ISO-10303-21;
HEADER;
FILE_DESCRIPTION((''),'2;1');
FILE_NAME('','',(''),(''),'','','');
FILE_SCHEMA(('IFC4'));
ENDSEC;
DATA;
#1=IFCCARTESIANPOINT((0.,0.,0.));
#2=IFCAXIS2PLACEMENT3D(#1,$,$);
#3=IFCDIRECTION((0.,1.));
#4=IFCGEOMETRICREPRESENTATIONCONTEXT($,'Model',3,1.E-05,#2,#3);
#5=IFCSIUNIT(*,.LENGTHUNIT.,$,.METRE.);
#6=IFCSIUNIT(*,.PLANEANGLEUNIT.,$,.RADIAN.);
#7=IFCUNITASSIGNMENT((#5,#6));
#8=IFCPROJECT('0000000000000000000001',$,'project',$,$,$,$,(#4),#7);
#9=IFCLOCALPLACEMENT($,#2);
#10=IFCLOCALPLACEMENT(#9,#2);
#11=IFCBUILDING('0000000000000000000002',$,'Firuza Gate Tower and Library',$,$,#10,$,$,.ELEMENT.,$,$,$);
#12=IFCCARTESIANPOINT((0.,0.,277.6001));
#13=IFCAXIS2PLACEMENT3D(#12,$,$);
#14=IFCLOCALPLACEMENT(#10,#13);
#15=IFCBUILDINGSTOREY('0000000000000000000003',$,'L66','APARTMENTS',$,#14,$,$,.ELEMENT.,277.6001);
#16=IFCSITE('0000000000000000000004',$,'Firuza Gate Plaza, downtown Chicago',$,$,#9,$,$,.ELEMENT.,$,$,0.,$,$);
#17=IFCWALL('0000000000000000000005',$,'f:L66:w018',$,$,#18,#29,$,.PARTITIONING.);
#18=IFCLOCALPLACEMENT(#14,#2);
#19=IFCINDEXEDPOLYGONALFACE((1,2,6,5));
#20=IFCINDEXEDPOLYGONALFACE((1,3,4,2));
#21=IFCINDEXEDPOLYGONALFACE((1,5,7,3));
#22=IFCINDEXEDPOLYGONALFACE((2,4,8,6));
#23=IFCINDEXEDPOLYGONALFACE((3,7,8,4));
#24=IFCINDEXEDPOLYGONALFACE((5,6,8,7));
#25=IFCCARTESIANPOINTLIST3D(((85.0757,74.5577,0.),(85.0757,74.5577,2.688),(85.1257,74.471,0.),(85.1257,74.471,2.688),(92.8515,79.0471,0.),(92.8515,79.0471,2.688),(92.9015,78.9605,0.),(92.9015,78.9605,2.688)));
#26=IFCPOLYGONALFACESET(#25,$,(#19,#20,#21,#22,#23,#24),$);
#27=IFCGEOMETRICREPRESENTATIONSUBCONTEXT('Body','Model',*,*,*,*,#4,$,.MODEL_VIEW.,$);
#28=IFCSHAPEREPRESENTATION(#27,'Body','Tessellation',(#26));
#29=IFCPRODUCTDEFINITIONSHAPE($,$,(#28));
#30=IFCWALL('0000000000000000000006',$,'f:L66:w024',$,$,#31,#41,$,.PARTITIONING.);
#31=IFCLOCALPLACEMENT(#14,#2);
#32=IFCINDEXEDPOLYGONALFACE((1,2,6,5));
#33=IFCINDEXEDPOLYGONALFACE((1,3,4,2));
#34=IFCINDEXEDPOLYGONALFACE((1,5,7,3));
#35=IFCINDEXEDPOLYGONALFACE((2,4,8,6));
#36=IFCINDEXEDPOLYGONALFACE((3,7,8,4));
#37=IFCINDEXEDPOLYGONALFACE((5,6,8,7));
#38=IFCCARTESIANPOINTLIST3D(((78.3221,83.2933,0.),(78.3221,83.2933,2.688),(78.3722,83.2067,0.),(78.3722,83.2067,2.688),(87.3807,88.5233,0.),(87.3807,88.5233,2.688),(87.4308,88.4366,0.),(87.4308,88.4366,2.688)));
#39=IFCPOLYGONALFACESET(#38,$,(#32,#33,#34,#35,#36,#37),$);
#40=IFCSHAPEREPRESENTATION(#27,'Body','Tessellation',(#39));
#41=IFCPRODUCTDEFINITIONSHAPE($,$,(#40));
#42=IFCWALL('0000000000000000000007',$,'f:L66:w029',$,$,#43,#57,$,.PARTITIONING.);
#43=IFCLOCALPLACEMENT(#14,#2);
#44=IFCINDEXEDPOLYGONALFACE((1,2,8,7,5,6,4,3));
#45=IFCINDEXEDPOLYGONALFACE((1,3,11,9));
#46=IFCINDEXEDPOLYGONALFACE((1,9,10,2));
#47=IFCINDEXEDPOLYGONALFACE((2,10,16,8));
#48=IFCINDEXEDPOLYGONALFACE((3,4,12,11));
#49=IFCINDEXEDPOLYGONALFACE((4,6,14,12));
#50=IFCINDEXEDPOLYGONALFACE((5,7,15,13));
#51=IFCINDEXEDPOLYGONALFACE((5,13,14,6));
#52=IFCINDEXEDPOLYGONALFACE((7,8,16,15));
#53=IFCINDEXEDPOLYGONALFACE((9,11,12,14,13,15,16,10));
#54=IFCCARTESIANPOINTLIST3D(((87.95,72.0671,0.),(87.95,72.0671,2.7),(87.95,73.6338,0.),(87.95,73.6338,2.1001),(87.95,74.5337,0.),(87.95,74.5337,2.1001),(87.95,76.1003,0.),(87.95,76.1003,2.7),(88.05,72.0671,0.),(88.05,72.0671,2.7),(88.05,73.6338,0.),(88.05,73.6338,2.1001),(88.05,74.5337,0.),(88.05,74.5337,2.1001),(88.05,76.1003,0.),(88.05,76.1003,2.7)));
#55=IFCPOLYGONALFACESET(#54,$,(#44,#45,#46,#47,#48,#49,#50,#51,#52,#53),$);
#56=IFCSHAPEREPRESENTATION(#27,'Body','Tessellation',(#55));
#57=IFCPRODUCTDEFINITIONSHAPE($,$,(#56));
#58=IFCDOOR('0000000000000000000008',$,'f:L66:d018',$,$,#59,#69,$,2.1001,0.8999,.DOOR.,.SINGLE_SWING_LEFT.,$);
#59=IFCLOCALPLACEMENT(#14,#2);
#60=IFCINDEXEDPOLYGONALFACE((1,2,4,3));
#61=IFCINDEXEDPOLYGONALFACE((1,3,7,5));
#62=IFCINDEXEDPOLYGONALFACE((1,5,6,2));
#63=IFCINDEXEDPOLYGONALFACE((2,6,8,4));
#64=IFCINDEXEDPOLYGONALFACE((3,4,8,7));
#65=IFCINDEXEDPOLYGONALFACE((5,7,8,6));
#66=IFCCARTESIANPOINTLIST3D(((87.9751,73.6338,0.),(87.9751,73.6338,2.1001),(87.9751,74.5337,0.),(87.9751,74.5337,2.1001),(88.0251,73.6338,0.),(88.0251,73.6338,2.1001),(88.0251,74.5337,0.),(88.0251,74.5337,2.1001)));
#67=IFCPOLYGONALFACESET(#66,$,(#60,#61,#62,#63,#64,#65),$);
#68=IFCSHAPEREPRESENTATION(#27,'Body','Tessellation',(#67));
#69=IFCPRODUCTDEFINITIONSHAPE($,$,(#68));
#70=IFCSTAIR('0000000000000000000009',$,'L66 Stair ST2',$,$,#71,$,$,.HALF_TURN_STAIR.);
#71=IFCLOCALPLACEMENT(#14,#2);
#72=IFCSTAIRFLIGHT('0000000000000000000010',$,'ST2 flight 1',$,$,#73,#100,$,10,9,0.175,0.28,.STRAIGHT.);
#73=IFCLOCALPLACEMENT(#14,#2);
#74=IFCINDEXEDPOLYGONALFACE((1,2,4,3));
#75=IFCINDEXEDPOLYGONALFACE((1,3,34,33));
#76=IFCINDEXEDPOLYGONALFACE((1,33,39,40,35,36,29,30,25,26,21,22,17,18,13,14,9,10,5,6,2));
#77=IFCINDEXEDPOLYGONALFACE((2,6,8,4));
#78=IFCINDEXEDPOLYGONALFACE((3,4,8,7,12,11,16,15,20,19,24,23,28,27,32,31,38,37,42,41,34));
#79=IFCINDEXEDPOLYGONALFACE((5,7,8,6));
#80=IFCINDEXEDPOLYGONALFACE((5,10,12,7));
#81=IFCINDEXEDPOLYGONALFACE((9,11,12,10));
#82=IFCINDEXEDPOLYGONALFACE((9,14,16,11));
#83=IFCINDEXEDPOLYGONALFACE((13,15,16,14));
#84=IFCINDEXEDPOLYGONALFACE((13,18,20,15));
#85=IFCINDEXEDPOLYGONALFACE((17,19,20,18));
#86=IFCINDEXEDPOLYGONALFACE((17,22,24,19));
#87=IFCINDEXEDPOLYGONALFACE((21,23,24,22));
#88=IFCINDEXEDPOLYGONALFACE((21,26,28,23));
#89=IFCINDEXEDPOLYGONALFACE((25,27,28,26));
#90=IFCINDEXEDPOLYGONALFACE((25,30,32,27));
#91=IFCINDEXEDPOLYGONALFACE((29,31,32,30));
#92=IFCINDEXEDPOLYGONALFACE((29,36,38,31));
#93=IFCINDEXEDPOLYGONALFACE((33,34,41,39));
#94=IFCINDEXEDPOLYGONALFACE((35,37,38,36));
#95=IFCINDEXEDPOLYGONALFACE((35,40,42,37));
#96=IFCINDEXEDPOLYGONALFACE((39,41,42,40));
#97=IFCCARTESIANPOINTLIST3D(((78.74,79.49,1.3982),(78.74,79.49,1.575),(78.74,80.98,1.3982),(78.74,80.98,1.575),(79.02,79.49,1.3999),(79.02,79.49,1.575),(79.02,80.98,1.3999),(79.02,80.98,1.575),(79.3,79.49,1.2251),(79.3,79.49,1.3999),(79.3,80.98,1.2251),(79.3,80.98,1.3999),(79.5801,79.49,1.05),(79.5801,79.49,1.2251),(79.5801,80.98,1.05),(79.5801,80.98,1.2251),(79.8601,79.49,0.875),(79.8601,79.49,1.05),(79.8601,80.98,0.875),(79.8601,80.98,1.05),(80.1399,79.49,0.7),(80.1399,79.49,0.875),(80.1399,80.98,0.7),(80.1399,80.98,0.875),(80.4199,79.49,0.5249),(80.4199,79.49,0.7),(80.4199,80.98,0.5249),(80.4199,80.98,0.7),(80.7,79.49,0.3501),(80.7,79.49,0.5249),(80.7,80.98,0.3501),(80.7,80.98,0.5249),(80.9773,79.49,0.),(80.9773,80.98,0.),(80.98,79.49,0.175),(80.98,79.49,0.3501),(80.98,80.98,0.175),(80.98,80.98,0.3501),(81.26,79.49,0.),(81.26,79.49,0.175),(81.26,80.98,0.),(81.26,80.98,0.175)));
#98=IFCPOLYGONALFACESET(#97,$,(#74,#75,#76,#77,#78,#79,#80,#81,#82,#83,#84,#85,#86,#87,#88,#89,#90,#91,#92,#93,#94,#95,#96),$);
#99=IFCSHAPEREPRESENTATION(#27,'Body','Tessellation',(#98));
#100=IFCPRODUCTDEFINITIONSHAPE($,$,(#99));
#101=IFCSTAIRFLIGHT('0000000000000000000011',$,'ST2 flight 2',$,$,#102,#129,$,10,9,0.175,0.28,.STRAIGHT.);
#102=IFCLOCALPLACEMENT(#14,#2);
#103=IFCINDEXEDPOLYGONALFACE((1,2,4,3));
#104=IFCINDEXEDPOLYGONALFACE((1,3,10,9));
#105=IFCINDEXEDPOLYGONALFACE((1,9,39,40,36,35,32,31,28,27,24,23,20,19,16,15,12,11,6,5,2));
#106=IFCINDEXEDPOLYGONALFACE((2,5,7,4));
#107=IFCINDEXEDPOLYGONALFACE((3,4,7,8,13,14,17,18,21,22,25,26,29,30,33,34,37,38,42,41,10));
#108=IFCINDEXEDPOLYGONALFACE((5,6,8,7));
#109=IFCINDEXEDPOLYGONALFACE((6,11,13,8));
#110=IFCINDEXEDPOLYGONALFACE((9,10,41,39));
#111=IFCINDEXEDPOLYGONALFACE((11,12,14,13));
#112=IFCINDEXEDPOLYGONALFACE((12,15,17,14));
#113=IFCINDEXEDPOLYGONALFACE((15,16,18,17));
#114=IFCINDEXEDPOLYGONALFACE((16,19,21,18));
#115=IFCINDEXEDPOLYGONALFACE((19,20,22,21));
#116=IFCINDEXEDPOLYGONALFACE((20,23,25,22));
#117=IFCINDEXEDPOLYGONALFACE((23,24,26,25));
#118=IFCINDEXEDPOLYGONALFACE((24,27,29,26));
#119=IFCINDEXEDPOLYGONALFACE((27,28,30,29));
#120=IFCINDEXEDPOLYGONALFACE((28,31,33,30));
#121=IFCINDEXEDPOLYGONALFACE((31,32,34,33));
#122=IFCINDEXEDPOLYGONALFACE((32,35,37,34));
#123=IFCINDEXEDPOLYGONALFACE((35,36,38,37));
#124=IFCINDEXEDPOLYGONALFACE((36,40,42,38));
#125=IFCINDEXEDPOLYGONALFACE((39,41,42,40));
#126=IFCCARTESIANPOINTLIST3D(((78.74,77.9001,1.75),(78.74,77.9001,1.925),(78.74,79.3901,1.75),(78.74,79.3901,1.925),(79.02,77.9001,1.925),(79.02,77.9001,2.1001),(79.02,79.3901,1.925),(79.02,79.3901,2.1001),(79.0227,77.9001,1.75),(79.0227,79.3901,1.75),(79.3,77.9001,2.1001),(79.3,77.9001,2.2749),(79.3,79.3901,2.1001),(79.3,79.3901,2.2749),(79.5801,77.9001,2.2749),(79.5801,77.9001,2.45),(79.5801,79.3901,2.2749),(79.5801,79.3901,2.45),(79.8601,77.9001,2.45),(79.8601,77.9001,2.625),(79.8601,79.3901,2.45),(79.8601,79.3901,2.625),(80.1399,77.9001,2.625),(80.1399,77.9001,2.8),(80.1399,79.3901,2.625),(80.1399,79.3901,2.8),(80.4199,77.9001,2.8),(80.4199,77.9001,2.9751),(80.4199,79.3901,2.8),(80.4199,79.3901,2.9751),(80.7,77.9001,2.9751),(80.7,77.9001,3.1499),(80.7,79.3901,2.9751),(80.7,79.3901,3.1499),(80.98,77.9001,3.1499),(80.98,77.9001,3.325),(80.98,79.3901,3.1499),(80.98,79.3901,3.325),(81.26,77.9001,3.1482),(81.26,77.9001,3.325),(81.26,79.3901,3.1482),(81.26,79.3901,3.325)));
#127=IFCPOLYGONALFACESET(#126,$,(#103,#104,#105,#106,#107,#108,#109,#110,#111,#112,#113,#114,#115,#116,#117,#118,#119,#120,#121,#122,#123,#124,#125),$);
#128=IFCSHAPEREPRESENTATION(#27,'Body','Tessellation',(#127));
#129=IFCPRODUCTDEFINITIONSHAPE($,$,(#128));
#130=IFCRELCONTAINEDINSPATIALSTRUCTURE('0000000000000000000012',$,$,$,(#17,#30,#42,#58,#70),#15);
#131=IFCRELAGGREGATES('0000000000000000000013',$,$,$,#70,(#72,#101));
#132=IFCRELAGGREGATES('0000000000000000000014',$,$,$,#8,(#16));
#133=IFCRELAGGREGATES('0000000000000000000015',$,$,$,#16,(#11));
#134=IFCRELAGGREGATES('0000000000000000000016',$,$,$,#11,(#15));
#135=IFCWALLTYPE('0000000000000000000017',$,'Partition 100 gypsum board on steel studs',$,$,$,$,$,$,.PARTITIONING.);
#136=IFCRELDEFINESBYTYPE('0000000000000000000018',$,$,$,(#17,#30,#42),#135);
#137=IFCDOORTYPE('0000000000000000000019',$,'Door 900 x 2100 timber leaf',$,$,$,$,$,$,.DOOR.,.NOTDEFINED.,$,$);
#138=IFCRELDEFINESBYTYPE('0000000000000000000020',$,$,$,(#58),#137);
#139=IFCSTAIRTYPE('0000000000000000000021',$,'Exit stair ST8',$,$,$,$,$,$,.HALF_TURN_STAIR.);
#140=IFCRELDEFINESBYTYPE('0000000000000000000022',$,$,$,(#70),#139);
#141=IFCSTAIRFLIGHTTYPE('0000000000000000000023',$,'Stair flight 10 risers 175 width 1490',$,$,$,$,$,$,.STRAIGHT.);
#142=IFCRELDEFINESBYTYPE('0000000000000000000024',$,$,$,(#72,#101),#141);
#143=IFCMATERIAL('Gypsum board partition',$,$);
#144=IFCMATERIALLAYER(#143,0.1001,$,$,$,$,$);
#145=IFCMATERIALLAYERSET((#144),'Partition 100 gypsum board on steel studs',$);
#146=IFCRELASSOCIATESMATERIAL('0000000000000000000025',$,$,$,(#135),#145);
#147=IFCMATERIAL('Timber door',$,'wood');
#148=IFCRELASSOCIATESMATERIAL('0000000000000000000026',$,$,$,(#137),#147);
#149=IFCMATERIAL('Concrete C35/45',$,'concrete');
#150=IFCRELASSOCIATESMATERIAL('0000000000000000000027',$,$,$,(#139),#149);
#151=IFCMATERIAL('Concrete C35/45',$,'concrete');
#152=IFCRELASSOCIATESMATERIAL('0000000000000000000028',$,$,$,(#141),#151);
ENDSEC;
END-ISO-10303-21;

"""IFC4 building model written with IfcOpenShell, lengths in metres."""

from ifc_helpers import new_model, si_unit, direction, frame, frame_2d, origin, place, context, subcontext, project, spatial, polyline, rectangle, outline, extrude, material, layer, layer_set, type_object, element, fill, aggregate, save


model = new_model("IFC4")

# Units and contexts
model_context = context("Model", 3, precision=1e-05, world=origin(), true_north=direction((0.0, 1.0)))
body_context = subcontext(model_context, "Body", "Model", "MODEL_VIEW")
ifc_project = project(units=[si_unit("LENGTHUNIT", "METRE"), si_unit("PLANEANGLEUNIT", "RADIAN")], contexts=[model_context])

# Site, building, storey
site_placement = place(None, origin())
site = spatial("IfcSite", under=ifc_project, at=site_placement, Name="Firuza Gate Plaza, downtown Chicago", CompositionType="ELEMENT", RefElevation=0.0)
building_placement = place(site_placement, origin())
building = spatial("IfcBuilding", under=site, at=building_placement, Name="Firuza Gate Tower and Library", CompositionType="ELEMENT")
storey_placement = place(building_placement, frame((0.0, 0.0, 277.6001)))
storey = spatial("IfcBuildingStorey", under=building, at=storey_placement, Name="L66", Description="APARTMENTS", CompositionType="ELEMENT", Elevation=277.6001)

# Shared definitions
placement = place(storey_placement, origin())

# Walls
ifc_material_1 = material(Name="Gypsum board partition")
ifc_layer_1 = layer(ifc_material_1, 0.1001)
ifc_layer_set_1 = layer_set([ifc_layer_1], Name="Partition 100 gypsum board on steel studs")
wall_type_1 = type_object("IfcWallType", Name="Partition 100 gypsum board on steel studs", PredefinedType="PARTITIONING", material=ifc_layer_set_1)
wall_1_placement = place(storey_placement, frame((85.1008, 74.5144, 0.0), z_axis=(0.0, 0.0, 1.0), x_axis=(0.866021, 0.500008, 0.0)))
element("IfcWall", 1, at=wall_1_placement, inside=storey, type_object=wall_type_1, Name="f:L66:w018", PredefinedType="PARTITIONING", context=body_context, shape_type="SweptSolid", body=[
    extrude(rectangle(XDim=8.9788, YDim=0.1001, at=frame_2d((4.4893, 0.0))), origin(), (0.0, 0.0, 1.0), 2.688),
])
wall_2_placement = place(storey_placement, frame((78.3472, 83.25, 0.0), z_axis=(0.0, 0.0, 1.0), x_axis=(0.866025, 0.5, 0.0)))
element("IfcWall", 2, at=wall_2_placement, inside=storey, type_object=wall_type_1, Name="f:L66:w024", PredefinedType="PARTITIONING", context=body_context, shape_type="SweptSolid", body=[
    extrude(rectangle(XDim=10.46, YDim=0.1001, at=frame_2d((5.23, 0.0))), origin(), (0.0, 0.0, 1.0), 2.688),
])

# Wall, opening, door
wall_3_placement = place(storey_placement, frame((88.0, 72.0671, 0.0), z_axis=(0.0, 0.0, 1.0), x_axis=(0.0, 1.0, 0.0)))
wall_3 = element("IfcWall", 3, at=wall_3_placement, inside=storey, type_object=wall_type_1, Name="f:L66:w029", PredefinedType="PARTITIONING", context=body_context, shape_type="SweptSolid", body=[
    extrude(rectangle(XDim=4.0332, YDim=0.1001, at=frame_2d((2.0166, 0.0))), origin(), (0.0, 0.0, 1.0), 2.7),
])
opening_1_placement = place(wall_3_placement, frame((1.5667, 0.0, 0.0)))
opening_1 = element("IfcOpeningElement", 4, at=opening_1_placement, cuts=wall_3, PredefinedType="OPENING", context=body_context, shape_type="SweptSolid", body=[
    extrude(rectangle(XDim=0.8999, YDim=2.1001, at=frame_2d((0.45, 1.05))), frame((0.0, 0.0601, 0.0), z_axis=(0.0, -1.0, 0.0), x_axis=(1.0, 0.0, 0.0)), (0.0, 0.0, 1.0), 0.1201),
])
ifc_material_2 = material(Name="Timber door", Category="wood")
door_type_1 = type_object("IfcDoorType", Name="Door 900 x 2100 timber leaf", OperationType="NOTDEFINED", PredefinedType="DOOR", material=ifc_material_2)
door_1_placement = place(opening_1_placement, origin())
door_1 = element("IfcDoor", 5, at=door_1_placement, inside=storey, type_object=door_type_1, Name="f:L66:d018", OperationType="SINGLE_SWING_LEFT", OverallHeight=2.1001, OverallWidth=0.8999, PredefinedType="DOOR", context=body_context, shape_type="SweptSolid", body=[
    extrude(rectangle(XDim=0.8999, YDim=2.1001, at=frame_2d((0.45, 1.05))), frame((0.0, 0.0249, 0.0), z_axis=(0.0, -1.0, 0.0), x_axis=(1.0, 0.0, 0.0)), (0.0, 0.0, 1.0), 0.05),
])
fill(opening_1, door_1)

# Stair, stair flights
ifc_material_3 = material(Name="Concrete C35/45", Category="concrete")
stair_type = type_object("IfcStairType", Name="Exit stair ST8", PredefinedType="HALF_TURN_STAIR", material=ifc_material_3)
stair = element("IfcStair", 6, at=placement, inside=storey, type_object=stair_type, Name="L66 Stair ST2", PredefinedType="HALF_TURN_STAIR")
ifc_material_4 = material(Name="Concrete C35/45", Category="concrete")
stair_flight_type = type_object("IfcStairFlightType", Name="Stair flight 10 risers 175 width 1490", PredefinedType="STRAIGHT", material=ifc_material_4)
stair_flight_1_placement = place(storey_placement, frame((81.26, 80.2351, 0.0), z_axis=(0.0, 0.0, 1.0), x_axis=(-1.0, 0.0, 0.0)))
stair_flight_1 = element("IfcStairFlight", 7, at=stair_flight_1_placement, type_object=stair_flight_type, Name="ST2 flight 1", NumberOfRisers=10, NumberOfTreads=9, PredefinedType="STRAIGHT", RiserHeight=0.175, TreadLength=0.28, context=body_context, shape_type="SweptSolid", body=[
    extrude(outline(polyline([(0.0, 0.0), (0.0, 0.175), (0.28, 0.175), (0.28, 0.3501), (0.5601, 0.3501), (0.5601, 0.5249), (0.8401, 0.5249), (0.8401, 0.7), (1.1201, 0.7), (1.1201, 0.875), (1.3999, 0.875), (1.3999, 1.05), (1.6799, 1.05), (1.6799, 1.2251), (1.96, 1.2251), (1.96, 1.3999), (2.24, 1.3999), (2.24, 1.575), (2.52, 1.575), (2.52, 1.75), (2.52, 1.3982), (0.2827, 0.0), (0.0, 0.0)])), frame((0.0, 0.7451, 0.0), z_axis=(0.0, -1.0, 0.0), x_axis=(1.0, 0.0, 0.0)), (0.0, 0.0, 1.0), 1.49),
])
stair_flight_2_placement = place(storey_placement, frame((78.74, 78.645, 1.75), z_axis=(0.0, 0.0, 1.0), x_axis=(1.0, 0.0, 0.0)))
stair_flight_2 = element("IfcStairFlight", 8, at=stair_flight_2_placement, type_object=stair_flight_type, Name="ST2 flight 2", NumberOfRisers=10, NumberOfTreads=9, PredefinedType="STRAIGHT", RiserHeight=0.175, TreadLength=0.28, context=body_context, shape_type="SweptSolid", body=[
    extrude(outline(polyline([(0.0, 0.0), (0.0, 0.175), (0.28, 0.175), (0.28, 0.3501), (0.5601, 0.3501), (0.5601, 0.5249), (0.8401, 0.5249), (0.8401, 0.7), (1.1201, 0.7), (1.1201, 0.875), (1.3999, 0.875), (1.3999, 1.05), (1.6799, 1.05), (1.6799, 1.2251), (1.96, 1.2251), (1.96, 1.3999), (2.24, 1.3999), (2.24, 1.575), (2.52, 1.575), (2.52, 1.75), (2.52, 1.3982), (0.2827, 0.0), (0.0, 0.0)])), frame((0.0, 0.7451, 0.0), z_axis=(0.0, -1.0, 0.0), x_axis=(1.0, 0.0, 0.0)), (0.0, 0.0, 1.0), 1.49),
])
aggregate(stair, [stair_flight_1, stair_flight_2])

save(model, "model.ifc")
